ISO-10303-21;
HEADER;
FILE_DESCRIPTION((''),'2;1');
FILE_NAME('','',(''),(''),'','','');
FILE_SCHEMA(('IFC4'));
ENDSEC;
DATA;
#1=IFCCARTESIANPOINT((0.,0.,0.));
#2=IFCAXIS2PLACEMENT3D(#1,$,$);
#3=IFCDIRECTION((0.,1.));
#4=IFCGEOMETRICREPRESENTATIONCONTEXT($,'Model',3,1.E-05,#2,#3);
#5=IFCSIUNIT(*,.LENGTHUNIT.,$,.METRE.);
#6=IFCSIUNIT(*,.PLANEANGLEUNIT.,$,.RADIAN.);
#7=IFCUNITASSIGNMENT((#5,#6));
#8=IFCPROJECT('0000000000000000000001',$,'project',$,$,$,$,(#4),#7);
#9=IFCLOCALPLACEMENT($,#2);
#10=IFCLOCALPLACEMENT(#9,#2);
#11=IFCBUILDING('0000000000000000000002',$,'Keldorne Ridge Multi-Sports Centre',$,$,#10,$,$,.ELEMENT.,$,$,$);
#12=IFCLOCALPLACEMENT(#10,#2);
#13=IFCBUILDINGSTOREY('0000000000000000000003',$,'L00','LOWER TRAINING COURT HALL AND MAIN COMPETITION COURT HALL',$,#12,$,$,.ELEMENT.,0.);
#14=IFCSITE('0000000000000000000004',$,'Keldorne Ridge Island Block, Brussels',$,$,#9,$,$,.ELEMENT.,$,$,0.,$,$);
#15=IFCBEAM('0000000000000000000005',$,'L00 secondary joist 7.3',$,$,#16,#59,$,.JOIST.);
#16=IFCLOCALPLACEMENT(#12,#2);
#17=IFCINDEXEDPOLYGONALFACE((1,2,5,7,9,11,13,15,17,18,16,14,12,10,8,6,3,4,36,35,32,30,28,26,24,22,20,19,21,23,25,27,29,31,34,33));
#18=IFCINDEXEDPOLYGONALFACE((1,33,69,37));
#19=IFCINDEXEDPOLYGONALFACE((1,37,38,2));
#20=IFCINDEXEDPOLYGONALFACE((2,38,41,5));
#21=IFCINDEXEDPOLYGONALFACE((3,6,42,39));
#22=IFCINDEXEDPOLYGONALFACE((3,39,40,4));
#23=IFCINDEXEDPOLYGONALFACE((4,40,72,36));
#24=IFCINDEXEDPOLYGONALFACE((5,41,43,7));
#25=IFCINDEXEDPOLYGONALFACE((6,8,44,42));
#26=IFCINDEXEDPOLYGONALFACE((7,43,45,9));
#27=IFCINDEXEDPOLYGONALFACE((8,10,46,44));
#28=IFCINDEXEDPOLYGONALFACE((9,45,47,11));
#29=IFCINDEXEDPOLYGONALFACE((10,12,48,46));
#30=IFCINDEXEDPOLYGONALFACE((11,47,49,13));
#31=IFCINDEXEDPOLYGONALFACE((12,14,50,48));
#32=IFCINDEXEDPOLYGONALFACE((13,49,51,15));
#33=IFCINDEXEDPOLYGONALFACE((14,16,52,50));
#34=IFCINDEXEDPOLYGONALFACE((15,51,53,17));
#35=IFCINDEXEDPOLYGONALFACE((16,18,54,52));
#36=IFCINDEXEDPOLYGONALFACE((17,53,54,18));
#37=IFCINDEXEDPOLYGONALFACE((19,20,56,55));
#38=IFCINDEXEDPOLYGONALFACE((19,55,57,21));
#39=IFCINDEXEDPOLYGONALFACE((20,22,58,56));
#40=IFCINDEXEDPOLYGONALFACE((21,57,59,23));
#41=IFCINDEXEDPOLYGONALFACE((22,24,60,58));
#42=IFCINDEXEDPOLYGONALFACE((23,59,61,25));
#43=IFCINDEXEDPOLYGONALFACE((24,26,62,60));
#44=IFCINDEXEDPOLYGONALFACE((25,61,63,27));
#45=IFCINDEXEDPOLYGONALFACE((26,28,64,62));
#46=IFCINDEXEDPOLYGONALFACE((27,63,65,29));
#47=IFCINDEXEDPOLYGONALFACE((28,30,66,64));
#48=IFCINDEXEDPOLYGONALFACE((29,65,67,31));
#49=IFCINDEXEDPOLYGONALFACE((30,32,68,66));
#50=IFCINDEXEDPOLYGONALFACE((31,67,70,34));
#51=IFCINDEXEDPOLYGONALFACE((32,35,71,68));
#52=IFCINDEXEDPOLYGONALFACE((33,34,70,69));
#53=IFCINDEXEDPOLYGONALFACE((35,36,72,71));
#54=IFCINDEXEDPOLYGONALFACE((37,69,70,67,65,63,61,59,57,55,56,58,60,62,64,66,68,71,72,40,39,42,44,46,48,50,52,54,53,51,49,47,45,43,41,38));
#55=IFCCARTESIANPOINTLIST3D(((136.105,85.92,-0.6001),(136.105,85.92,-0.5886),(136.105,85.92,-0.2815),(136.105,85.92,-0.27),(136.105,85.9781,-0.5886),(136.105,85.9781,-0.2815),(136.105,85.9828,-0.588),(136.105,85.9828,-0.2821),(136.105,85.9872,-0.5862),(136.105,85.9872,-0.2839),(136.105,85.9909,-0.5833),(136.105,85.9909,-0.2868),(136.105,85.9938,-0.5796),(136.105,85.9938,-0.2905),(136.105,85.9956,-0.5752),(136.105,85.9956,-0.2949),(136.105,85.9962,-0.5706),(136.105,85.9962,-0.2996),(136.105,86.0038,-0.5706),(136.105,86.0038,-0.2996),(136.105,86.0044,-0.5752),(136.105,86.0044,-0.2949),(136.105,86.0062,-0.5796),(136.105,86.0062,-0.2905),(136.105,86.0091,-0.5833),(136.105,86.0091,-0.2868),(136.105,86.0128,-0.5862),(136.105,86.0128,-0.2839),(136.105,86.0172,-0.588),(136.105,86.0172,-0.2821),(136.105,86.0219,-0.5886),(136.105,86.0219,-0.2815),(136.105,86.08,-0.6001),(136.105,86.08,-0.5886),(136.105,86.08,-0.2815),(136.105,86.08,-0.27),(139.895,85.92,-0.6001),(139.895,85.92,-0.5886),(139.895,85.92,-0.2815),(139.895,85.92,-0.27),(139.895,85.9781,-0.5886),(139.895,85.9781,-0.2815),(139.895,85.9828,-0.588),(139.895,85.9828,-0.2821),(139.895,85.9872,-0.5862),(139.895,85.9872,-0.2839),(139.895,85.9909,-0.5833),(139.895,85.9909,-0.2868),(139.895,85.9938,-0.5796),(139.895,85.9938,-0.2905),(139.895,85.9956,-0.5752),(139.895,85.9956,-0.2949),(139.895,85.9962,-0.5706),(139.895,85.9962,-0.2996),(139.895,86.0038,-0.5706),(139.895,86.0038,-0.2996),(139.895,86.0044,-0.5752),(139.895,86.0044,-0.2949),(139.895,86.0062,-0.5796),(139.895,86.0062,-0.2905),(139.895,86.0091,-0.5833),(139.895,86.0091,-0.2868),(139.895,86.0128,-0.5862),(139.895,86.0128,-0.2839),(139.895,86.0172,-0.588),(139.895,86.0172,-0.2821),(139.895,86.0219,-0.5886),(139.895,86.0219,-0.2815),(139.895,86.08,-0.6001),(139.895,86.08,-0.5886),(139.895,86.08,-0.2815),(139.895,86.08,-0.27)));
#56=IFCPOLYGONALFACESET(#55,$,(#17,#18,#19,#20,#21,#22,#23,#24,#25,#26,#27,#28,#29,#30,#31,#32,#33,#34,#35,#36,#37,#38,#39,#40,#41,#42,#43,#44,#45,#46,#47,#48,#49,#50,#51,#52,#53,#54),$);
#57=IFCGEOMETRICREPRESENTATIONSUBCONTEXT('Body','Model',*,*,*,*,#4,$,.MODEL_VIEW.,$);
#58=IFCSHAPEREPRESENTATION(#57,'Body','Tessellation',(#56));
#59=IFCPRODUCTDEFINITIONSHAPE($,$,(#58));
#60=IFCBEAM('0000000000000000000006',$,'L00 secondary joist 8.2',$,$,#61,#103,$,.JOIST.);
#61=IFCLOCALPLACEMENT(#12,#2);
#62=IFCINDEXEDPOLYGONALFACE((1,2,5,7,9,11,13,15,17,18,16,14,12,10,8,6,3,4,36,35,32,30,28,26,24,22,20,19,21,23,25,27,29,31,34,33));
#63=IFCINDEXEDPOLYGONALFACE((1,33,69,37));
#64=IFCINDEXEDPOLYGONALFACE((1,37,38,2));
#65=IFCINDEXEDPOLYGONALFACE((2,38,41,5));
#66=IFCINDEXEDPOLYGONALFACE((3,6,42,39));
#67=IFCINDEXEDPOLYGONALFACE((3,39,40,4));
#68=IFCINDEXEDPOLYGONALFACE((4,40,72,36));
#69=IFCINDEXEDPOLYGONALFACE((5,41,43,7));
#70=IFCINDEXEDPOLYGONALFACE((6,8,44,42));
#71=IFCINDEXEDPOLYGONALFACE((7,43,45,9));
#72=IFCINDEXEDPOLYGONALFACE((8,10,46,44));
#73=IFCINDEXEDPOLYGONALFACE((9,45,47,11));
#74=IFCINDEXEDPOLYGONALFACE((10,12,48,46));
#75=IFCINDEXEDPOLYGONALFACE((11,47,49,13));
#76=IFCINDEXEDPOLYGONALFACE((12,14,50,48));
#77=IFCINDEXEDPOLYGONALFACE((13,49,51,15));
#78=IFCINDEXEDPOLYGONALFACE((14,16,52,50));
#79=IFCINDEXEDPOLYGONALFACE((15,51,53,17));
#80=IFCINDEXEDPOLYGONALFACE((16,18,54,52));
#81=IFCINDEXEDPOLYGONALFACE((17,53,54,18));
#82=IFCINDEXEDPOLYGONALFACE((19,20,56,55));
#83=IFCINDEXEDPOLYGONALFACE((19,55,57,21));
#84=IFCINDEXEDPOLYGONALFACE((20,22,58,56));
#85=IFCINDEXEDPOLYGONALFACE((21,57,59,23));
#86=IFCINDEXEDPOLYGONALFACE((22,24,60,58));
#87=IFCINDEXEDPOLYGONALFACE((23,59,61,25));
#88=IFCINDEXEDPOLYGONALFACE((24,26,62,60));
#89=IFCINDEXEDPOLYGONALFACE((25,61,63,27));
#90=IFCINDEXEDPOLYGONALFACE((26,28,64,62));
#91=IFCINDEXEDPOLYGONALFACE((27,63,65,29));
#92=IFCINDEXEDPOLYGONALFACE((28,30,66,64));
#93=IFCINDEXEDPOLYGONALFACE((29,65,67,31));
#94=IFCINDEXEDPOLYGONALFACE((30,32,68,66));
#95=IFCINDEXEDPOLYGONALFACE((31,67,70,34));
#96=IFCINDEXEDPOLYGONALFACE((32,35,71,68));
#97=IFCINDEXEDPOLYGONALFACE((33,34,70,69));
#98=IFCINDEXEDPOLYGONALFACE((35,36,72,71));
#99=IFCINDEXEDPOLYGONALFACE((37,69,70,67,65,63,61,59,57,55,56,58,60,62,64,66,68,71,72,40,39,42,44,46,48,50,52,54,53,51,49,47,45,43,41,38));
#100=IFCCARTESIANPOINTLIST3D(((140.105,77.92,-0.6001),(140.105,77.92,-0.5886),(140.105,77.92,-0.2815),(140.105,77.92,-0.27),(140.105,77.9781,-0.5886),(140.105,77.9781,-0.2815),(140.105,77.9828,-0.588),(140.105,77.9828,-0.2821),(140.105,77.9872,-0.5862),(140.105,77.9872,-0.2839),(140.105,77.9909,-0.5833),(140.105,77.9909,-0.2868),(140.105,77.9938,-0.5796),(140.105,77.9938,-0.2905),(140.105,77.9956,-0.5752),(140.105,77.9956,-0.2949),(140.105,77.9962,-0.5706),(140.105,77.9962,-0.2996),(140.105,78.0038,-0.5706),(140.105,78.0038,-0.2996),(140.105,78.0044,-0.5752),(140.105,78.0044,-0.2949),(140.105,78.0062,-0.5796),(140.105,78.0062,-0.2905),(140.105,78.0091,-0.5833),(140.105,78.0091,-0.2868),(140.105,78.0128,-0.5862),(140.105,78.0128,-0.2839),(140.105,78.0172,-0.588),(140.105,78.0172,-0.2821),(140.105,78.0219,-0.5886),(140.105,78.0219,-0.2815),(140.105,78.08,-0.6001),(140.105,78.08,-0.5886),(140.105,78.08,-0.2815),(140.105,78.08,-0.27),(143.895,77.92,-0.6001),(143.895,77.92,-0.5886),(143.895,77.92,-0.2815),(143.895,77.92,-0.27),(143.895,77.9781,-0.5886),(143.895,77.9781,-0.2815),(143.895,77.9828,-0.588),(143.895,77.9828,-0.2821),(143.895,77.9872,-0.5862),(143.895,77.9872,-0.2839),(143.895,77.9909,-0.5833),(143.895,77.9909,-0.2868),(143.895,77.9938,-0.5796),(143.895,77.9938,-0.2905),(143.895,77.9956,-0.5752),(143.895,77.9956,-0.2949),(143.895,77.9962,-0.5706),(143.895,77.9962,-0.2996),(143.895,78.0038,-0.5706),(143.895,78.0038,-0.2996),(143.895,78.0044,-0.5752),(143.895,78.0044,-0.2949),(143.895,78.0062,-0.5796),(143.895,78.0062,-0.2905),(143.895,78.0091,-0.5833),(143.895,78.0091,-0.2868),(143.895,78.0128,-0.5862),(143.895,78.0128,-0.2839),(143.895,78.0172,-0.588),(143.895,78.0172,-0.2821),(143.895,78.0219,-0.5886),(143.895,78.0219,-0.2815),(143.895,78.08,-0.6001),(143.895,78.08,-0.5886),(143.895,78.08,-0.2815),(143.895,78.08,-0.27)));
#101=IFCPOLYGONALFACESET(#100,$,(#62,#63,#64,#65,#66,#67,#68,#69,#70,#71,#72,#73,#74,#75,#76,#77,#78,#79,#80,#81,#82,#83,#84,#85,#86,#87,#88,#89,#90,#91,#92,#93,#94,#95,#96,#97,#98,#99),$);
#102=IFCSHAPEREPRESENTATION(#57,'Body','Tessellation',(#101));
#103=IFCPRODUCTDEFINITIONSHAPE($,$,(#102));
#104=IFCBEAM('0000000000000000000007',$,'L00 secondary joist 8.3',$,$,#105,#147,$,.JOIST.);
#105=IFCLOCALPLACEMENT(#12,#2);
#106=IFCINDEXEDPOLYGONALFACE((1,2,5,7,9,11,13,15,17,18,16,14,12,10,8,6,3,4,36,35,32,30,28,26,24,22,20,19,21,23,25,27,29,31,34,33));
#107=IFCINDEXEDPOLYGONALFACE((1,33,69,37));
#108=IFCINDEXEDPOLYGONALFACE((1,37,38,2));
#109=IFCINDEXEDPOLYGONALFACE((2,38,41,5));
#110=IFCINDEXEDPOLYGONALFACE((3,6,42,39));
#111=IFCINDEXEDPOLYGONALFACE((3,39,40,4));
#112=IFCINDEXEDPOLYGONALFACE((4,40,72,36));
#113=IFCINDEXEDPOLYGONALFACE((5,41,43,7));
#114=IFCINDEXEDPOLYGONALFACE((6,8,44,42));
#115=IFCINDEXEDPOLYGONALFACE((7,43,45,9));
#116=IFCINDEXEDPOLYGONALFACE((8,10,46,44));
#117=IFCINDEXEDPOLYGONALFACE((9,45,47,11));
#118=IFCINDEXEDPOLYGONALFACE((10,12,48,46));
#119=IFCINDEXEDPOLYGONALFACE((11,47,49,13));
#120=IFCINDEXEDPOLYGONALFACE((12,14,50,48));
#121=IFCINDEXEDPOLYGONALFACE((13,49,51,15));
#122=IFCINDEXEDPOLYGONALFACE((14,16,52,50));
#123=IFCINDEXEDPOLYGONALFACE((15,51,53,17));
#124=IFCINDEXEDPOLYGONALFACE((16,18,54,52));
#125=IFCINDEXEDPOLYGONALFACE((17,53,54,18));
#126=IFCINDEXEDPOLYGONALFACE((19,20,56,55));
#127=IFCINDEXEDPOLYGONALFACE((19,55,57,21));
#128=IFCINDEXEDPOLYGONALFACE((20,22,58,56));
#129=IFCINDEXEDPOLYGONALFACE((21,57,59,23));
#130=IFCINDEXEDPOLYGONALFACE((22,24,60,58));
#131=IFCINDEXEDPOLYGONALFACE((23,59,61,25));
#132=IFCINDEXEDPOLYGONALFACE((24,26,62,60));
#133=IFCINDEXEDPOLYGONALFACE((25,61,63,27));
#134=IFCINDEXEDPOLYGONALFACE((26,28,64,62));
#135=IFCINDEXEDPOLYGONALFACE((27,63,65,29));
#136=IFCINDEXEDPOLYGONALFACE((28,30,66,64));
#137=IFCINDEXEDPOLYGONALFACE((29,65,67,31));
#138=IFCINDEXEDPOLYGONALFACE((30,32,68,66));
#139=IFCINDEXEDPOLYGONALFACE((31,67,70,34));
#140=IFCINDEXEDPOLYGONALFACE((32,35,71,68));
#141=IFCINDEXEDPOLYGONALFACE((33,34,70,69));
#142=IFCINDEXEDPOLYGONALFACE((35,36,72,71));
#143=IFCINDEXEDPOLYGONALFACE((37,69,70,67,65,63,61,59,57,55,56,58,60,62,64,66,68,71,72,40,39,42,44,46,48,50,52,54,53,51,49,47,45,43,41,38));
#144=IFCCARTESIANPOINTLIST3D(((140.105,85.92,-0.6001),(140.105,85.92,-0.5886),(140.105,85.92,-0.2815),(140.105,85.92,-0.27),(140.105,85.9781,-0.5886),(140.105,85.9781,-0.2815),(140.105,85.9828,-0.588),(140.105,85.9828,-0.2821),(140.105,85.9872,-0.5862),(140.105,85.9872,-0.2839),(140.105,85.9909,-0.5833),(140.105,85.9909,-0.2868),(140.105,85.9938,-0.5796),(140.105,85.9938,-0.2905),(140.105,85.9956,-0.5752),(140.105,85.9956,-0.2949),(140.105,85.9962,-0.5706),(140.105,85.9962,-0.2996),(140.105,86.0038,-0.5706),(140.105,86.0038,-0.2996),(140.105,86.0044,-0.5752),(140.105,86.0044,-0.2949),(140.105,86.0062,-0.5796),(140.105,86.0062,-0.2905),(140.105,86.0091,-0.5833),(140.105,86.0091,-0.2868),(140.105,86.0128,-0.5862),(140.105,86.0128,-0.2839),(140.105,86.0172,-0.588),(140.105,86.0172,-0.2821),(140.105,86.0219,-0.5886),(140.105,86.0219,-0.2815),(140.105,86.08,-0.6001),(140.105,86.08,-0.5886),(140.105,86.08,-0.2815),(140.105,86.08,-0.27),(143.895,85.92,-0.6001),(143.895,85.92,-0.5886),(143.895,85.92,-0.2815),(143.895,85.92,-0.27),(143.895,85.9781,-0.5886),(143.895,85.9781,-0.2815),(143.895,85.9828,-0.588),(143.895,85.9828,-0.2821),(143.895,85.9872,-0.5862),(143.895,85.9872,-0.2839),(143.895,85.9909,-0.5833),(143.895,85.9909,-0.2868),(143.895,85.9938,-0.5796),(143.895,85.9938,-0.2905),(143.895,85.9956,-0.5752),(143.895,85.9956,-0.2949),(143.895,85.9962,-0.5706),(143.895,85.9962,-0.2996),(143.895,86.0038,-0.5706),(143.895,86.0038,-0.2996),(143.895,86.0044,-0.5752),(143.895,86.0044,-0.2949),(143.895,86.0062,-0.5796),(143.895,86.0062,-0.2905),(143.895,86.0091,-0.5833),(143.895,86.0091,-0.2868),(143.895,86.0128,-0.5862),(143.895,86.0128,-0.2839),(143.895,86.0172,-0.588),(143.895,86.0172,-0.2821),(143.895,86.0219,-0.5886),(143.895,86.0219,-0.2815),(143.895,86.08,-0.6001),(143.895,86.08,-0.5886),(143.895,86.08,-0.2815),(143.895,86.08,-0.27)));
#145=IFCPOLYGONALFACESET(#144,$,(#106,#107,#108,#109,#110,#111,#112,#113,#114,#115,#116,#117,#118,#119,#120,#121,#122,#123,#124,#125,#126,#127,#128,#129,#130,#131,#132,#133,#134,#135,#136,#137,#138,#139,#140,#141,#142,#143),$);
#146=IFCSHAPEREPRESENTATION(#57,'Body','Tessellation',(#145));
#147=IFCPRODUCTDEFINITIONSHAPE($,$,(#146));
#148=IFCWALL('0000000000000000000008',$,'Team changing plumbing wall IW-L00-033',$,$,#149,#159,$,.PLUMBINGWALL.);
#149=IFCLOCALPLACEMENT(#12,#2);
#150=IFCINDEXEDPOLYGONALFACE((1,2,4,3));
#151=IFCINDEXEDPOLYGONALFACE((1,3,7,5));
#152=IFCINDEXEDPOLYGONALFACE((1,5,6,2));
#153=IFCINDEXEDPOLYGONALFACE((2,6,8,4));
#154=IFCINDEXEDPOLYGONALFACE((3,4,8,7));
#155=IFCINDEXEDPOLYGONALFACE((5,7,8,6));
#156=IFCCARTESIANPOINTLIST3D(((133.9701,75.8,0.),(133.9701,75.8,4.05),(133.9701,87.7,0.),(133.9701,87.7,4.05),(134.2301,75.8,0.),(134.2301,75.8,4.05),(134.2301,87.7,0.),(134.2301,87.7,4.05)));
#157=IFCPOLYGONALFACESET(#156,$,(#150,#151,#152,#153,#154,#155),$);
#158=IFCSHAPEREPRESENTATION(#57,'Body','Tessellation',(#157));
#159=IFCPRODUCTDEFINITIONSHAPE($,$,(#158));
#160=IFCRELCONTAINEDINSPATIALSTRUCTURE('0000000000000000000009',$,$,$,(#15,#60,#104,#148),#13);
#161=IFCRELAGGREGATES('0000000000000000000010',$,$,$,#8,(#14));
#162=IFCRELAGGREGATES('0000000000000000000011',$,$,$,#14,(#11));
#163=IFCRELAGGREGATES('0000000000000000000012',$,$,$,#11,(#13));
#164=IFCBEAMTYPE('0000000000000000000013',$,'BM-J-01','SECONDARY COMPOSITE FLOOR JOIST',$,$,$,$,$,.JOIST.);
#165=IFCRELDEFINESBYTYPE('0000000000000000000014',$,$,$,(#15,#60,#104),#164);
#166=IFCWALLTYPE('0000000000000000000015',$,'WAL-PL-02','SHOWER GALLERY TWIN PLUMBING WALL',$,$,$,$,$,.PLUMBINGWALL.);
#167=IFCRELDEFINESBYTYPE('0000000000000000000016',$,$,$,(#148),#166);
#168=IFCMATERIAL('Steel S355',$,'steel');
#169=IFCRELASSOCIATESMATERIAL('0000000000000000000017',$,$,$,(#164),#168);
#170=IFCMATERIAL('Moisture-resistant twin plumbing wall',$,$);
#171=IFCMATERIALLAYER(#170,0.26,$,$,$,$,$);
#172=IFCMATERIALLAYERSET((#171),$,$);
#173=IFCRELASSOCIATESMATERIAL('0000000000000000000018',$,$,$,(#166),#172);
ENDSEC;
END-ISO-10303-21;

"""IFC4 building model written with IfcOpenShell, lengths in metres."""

from ifc_helpers import new_model, si_unit, direction, frame, frame_2d, origin, origin_2d, place, context, subcontext, project, spatial, rectangle, i_section, extrude, material, layer, layer_set, material_profile, profile_set, type_object, element, save


model = new_model("IFC4")

# Units and contexts
model_context = context("Model", 3, precision=1e-05, world=origin(), true_north=direction((0.0, 1.0)))
body_context = subcontext(model_context, "Body", "Model", "MODEL_VIEW")
ifc_project = project(units=[si_unit("LENGTHUNIT", "METRE"), si_unit("PLANEANGLEUNIT", "RADIAN")], contexts=[model_context])

# Site, building, storey
site_placement = place(None, origin())
site = spatial("IfcSite", under=ifc_project, at=site_placement, Name="Keldorne Ridge Island Block, Brussels", CompositionType="ELEMENT", RefElevation=0.0)
building_placement = place(site_placement, origin())
building = spatial("IfcBuilding", under=site, at=building_placement, Name="Keldorne Ridge Multi-Sports Centre", CompositionType="ELEMENT")
storey_placement = place(building_placement, origin())
storey = spatial("IfcBuildingStorey", under=building, at=storey_placement, Name="L00", Description="LOWER TRAINING COURT HALL AND MAIN COMPETITION COURT HALL", CompositionType="ELEMENT", Elevation=0.0)

# Shared definitions
ifc_material_1 = material(Name="Steel S355", Category="steel")

# Beams
ifc_material_profile_1 = material_profile(ifc_material_1, i_section(OverallWidth=0.1599, OverallDepth=0.3301, WebThickness=0.0076, FlangeThickness=0.0115, FilletRadius=0.0181, at=origin_2d()), Name="IPE 330")
ifc_profile_set_1 = profile_set([ifc_material_profile_1], Name="Steel S355")
beam_type_1 = type_object("IfcBeamType", Name="BM-J-01", Description="SECONDARY COMPOSITE FLOOR JOIST", PredefinedType="JOIST", material=ifc_profile_set_1)
for number, where, z_axis, x_axis, name in (
    (1, (136.105, 86.0, -0.4351), (1.0, 0.0, 0.0), (0.0, 1.0, 0.0), "L00 secondary joist 7.3"),
    (2, (140.105, 78.0, -0.4351), (1.0, 0.0, 0.0), (0.0, 1.0, 0.0), "L00 secondary joist 8.2"),
    (3, (140.105, 86.0, -0.4351), (1.0, 0.0, 0.0), (0.0, 1.0, 0.0), "L00 secondary joist 8.3"),
):
    element("IfcBeam", number, at=place(storey_placement, frame(where, z_axis=z_axis, x_axis=x_axis)), inside=storey, type_object=beam_type_1, Name=name, PredefinedType="JOIST", context=body_context, shape_type="SweptSolid", body=[
        extrude(i_section(OverallWidth=0.1599, OverallDepth=0.3301, WebThickness=0.0076, FlangeThickness=0.0115, FilletRadius=0.0181, at=origin_2d()), origin(), (0.0, 0.0, 1.0), 3.79),
    ])

# Wall
ifc_material_2 = material(Name="Moisture-resistant twin plumbing wall")
ifc_layer = layer(ifc_material_2, 0.26)
ifc_layer_set = layer_set([ifc_layer])
wall_type = type_object("IfcWallType", Name="WAL-PL-02", Description="SHOWER GALLERY TWIN PLUMBING WALL", PredefinedType="PLUMBINGWALL", material=ifc_layer_set)
wall_placement = place(storey_placement, frame((134.1001, 75.8, 0.0), z_axis=(0.0, 0.0, 1.0), x_axis=(0.0, 1.0, 0.0)))
element("IfcWall", 4, at=wall_placement, inside=storey, type_object=wall_type, Name="Team changing plumbing wall IW-L00-033", PredefinedType="PLUMBINGWALL", context=body_context, shape_type="SweptSolid", body=[
    extrude(rectangle(XDim=11.8999, YDim=0.26, at=frame_2d((5.95, 0.0))), origin(), (0.0, 0.0, 1.0), 4.05),
])

save(model, "model.ifc")
